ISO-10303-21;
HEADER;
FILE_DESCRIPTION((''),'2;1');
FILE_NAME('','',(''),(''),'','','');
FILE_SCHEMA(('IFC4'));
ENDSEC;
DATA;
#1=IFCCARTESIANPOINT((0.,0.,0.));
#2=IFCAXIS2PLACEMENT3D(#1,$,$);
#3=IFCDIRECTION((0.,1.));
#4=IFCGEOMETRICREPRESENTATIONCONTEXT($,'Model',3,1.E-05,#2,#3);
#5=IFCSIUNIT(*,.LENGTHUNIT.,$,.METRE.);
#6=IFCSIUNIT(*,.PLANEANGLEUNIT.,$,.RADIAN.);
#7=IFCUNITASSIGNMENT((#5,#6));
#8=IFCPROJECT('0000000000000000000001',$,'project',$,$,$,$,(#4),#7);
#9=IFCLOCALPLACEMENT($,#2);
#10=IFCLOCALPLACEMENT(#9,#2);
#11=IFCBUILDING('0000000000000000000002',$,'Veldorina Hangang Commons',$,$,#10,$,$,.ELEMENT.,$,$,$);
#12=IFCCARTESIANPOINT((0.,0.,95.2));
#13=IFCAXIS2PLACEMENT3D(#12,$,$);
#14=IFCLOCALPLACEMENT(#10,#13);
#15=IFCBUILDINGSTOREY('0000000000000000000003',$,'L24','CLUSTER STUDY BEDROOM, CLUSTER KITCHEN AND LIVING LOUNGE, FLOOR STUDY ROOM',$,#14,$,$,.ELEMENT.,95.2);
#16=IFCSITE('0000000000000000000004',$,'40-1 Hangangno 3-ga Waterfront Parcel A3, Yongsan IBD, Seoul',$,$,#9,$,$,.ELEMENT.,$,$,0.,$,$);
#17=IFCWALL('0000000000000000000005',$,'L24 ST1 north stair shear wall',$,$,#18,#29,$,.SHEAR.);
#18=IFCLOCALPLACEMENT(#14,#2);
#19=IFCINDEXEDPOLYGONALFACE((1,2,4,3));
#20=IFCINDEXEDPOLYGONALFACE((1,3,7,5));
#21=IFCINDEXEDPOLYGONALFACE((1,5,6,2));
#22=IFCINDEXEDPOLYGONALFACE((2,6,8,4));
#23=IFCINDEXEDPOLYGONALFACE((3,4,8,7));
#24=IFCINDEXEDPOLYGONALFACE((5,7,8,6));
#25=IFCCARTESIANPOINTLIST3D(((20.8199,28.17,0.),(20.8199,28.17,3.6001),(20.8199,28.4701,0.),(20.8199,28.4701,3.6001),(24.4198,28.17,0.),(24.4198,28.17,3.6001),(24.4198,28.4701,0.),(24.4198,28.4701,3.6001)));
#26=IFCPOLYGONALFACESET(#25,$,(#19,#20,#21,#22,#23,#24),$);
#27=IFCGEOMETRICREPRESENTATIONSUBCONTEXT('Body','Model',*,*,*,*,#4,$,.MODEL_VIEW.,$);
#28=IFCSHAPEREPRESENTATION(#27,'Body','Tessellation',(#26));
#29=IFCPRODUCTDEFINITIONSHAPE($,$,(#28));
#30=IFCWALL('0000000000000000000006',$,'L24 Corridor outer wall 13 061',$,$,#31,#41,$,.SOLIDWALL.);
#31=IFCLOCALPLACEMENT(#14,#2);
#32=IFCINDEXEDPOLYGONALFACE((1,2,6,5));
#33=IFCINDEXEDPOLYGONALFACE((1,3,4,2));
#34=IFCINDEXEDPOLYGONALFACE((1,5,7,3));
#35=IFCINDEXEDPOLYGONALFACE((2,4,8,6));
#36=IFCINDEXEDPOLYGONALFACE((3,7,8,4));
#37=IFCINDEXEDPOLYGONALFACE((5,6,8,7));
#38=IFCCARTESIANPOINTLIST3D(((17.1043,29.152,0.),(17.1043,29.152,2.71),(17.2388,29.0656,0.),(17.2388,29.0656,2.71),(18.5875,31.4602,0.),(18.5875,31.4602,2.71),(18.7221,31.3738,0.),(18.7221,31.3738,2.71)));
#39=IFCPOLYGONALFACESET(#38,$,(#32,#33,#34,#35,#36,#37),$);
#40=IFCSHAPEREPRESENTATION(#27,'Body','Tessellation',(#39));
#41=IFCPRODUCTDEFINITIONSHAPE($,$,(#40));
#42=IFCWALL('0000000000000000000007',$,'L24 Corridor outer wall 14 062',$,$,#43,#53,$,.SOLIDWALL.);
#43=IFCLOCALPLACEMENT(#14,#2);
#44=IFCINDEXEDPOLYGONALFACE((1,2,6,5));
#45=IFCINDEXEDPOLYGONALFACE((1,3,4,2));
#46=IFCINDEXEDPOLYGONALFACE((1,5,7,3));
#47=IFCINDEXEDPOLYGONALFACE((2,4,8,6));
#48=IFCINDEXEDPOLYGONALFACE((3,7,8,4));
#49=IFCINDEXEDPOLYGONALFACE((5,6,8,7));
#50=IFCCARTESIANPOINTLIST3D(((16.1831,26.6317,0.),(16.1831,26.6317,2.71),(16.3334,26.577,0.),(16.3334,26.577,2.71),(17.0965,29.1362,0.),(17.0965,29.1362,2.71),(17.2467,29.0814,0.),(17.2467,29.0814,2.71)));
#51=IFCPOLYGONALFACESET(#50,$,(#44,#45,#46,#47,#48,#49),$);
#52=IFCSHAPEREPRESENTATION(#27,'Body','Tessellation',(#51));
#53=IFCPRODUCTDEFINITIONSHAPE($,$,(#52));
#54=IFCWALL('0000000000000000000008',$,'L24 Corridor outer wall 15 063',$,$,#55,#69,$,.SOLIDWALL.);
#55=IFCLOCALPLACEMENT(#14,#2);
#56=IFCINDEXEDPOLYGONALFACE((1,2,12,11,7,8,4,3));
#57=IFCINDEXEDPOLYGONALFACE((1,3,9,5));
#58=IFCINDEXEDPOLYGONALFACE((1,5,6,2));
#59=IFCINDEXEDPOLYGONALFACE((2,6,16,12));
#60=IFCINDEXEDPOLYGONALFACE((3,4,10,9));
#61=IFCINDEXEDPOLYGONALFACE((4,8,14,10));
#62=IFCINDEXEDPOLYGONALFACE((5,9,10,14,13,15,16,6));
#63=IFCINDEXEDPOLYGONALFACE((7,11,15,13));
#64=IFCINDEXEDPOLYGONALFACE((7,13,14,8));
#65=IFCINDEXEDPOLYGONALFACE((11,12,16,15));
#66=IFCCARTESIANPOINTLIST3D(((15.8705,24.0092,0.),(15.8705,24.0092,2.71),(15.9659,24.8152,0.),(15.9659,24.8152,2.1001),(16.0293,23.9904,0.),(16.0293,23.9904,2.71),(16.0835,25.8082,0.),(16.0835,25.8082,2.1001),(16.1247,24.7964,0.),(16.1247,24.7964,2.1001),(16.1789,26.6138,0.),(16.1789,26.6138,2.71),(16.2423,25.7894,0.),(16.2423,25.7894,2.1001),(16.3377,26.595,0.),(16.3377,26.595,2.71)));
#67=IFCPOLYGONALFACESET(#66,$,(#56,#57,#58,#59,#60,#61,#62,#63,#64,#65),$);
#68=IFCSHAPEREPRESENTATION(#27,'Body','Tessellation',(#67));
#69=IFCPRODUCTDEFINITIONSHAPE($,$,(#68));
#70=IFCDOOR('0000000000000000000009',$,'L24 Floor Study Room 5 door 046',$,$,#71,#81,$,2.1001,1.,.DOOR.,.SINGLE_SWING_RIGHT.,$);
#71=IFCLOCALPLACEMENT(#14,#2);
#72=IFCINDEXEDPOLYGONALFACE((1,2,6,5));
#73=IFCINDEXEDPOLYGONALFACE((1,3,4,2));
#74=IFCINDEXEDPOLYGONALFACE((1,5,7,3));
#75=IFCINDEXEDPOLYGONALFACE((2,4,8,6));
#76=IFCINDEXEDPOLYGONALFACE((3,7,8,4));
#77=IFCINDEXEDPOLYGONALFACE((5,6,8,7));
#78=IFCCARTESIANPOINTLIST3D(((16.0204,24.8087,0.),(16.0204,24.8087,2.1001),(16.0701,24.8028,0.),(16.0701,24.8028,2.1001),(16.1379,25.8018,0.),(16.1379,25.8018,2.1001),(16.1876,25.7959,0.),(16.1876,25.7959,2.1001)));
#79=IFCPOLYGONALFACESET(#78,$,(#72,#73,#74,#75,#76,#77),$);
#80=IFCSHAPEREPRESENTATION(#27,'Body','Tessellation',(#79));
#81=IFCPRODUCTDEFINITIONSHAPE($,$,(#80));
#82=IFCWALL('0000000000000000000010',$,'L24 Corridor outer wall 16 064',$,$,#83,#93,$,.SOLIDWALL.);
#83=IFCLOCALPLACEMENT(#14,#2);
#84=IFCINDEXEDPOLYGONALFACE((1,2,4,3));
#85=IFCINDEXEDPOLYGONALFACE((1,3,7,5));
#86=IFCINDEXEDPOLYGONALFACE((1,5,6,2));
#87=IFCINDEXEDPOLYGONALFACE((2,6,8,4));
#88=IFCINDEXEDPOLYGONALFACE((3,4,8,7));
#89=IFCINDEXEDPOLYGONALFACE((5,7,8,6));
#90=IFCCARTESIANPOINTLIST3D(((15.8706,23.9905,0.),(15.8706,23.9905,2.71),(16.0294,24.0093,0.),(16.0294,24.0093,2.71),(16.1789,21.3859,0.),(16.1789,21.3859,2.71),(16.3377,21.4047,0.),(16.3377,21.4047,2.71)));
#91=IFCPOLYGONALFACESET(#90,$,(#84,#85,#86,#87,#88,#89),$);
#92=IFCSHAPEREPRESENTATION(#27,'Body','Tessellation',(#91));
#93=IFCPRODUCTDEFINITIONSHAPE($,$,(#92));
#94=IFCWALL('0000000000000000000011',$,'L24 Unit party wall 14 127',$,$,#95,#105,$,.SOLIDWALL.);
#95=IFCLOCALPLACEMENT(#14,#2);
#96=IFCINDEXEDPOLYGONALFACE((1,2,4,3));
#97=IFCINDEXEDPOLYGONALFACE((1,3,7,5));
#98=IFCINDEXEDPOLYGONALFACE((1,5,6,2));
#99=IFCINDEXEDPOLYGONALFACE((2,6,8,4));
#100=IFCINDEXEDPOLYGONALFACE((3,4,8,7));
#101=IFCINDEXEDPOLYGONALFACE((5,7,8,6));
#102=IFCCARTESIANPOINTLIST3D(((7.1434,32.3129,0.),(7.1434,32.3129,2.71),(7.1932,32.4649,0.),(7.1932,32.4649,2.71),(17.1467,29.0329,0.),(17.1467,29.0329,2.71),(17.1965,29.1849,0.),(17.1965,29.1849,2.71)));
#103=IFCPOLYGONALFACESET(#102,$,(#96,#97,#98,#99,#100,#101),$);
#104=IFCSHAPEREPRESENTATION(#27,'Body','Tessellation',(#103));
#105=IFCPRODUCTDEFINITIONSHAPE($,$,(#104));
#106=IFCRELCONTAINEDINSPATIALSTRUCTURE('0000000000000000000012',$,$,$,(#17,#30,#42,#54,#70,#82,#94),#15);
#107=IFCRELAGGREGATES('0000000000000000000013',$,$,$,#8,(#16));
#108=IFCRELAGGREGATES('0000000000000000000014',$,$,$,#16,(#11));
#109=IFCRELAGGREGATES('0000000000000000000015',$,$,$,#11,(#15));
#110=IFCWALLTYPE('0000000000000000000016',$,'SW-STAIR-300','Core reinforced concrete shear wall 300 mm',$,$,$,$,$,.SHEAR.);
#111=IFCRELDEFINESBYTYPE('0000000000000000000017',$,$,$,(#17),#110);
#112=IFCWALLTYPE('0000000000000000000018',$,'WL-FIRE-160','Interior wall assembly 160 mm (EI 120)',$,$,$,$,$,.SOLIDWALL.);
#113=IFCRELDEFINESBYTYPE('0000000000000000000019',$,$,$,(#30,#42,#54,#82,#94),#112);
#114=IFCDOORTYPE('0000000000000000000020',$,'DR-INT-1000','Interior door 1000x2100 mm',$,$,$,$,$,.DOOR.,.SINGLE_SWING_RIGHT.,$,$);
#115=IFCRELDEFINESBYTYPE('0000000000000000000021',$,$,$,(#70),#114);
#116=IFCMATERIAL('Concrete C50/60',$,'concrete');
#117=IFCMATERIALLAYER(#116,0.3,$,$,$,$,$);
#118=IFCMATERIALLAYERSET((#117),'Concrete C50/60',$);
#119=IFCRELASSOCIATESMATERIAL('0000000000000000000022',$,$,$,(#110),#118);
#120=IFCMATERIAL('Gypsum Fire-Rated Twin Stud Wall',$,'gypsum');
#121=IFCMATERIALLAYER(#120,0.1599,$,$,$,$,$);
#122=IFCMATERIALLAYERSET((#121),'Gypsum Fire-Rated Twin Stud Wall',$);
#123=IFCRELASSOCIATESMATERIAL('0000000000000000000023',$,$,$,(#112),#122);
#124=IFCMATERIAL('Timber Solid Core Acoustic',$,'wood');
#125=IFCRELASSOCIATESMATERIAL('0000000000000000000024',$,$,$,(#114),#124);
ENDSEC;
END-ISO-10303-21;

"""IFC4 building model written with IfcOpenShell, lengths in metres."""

from ifc_helpers import new_model, si_unit, direction, frame, frame_2d, origin, place, context, subcontext, project, spatial, rectangle, extrude, material, layer, layer_set, type_object, element, fill, save


model = new_model("IFC4")

# Units and contexts
model_context = context("Model", 3, precision=1e-05, world=origin(), true_north=direction((0.0, 1.0)))
body_context = subcontext(model_context, "Body", "Model", "MODEL_VIEW")
ifc_project = project(units=[si_unit("LENGTHUNIT", "METRE"), si_unit("PLANEANGLEUNIT", "RADIAN")], contexts=[model_context])

# Site, building, storey
site_placement = place(None, origin())
site = spatial("IfcSite", under=ifc_project, at=site_placement, Name="40-1 Hangangno 3-ga Waterfront Parcel A3, Yongsan IBD, Seoul", CompositionType="ELEMENT", RefElevation=0.0)
building_placement = place(site_placement, origin())
building = spatial("IfcBuilding", under=site, at=building_placement, Name="Veldorina Hangang Commons", CompositionType="ELEMENT")
storey_placement = place(building_placement, frame((0.0, 0.0, 95.2)))
storey = spatial("IfcBuildingStorey", under=building, at=storey_placement, Name="L24", Description="CLUSTER STUDY BEDROOM, CLUSTER KITCHEN AND LIVING LOUNGE, FLOOR STUDY ROOM", CompositionType="ELEMENT", Elevation=95.2)

# Walls
ifc_material_1 = material(Name="Concrete C50/60", Category="concrete")
ifc_layer_1 = layer(ifc_material_1, 0.3)
ifc_layer_set_1 = layer_set([ifc_layer_1], Name="Concrete C50/60")
wall_type_1 = type_object("IfcWallType", Name="SW-STAIR-300", Description="Core reinforced concrete shear wall 300 mm", PredefinedType="SHEAR", material=ifc_layer_set_1)
wall_1_placement = place(storey_placement, frame((20.8201, 28.3201, 0.0), z_axis=(0.0, 0.0, 1.0), x_axis=(1.0, 0.0, 0.0)))
element("IfcWall", 1, at=wall_1_placement, inside=storey, type_object=wall_type_1, Name="L24 ST1 north stair shear wall", PredefinedType="SHEAR", context=body_context, shape_type="SweptSolid", body=[
    extrude(rectangle(XDim=3.5999, YDim=0.3, at=frame_2d((1.7998, 0.0))), origin(), (0.0, 0.0, 1.0), 3.6001),
])
ifc_material_2 = material(Name="Gypsum Fire-Rated Twin Stud Wall", Category="gypsum")
ifc_layer_2 = layer(ifc_material_2, 0.1599)
ifc_layer_set_2 = layer_set([ifc_layer_2], Name="Gypsum Fire-Rated Twin Stud Wall")
wall_type_2 = type_object("IfcWallType", Name="WL-FIRE-160", Description="Interior wall assembly 160 mm (EI 120)", PredefinedType="SOLIDWALL", material=ifc_layer_set_2)
wall_2_placement = place(storey_placement, frame((18.6548, 31.417, 0.0), z_axis=(0.0, 0.0, 1.0), x_axis=(-0.540596, -0.841283, 0.0)))
element("IfcWall", 2, at=wall_2_placement, inside=storey, type_object=wall_type_2, Name="L24 Corridor outer wall 13 061", PredefinedType="SOLIDWALL", context=body_context, shape_type="SweptSolid", body=[
    extrude(rectangle(XDim=2.7437, YDim=0.1599, at=frame_2d((1.3718, 0.0))), origin(), (0.0, 0.0, 1.0), 2.71),
])
wall_3_placement = place(storey_placement, frame((17.1716, 29.1089, 0.0), z_axis=(0.0, 0.0, 1.0), x_axis=(-0.342618, -0.939475, 0.0)))
element("IfcWall", 3, at=wall_3_placement, inside=storey, type_object=wall_type_2, Name="L24 Corridor outer wall 14 062", PredefinedType="SOLIDWALL", context=body_context, shape_type="SweptSolid", body=[
    extrude(rectangle(XDim=2.6658, YDim=0.1599, at=frame_2d((1.333, 0.0))), origin(), (0.0, 0.0, 1.0), 2.71),
])

# Wall, opening, door
wall_4_placement = place(storey_placement, frame((16.2583, 26.6045, 0.0), z_axis=(0.0, 0.0, 1.0), x_axis=(-0.11757, -0.993065, 0.0)))
wall_4 = element("IfcWall", 4, at=wall_4_placement, inside=storey, type_object=wall_type_2, Name="L24 Corridor outer wall 15 063", PredefinedType="SOLIDWALL", context=body_context, shape_type="SweptSolid", body=[
    extrude(rectangle(XDim=2.6228, YDim=0.1599, at=frame_2d((1.3115, 0.0))), origin(), (0.0, 0.0, 1.0), 2.71),
])
opening_1_placement = place(wall_4_placement, frame((0.8113, 0.0, 0.0)))
opening_1 = element("IfcOpeningElement", 5, at=opening_1_placement, cuts=wall_4, PredefinedType="OPENING", context=body_context, shape_type="SweptSolid", body=[
    extrude(rectangle(XDim=1.0, YDim=2.1001, at=frame_2d((0.5, 1.05))), frame((0.0, 0.0898, 0.0), z_axis=(0.0, -1.0, 0.0), x_axis=(1.0, 0.0, 0.0)), (0.0, 0.0, 1.0), 0.1799),
])
ifc_material_3 = material(Name="Timber Solid Core Acoustic", Category="wood")
door_type = type_object("IfcDoorType", Name="DR-INT-1000", Description="Interior door 1000x2100 mm", OperationType="SINGLE_SWING_RIGHT", PredefinedType="DOOR", material=ifc_material_3)
door_placement = place(opening_1_placement, origin())
door = element("IfcDoor", 6, at=door_placement, inside=storey, type_object=door_type, Name="L24 Floor Study Room 5 door 046", OperationType="SINGLE_SWING_RIGHT", OverallHeight=2.1001, OverallWidth=1.0, PredefinedType="DOOR", context=body_context, shape_type="SweptSolid", body=[
    extrude(rectangle(XDim=1.0, YDim=2.1001, at=frame_2d((0.5, 1.05))), frame((0.0, 0.0249, 0.0), z_axis=(0.0, -1.0, 0.0), x_axis=(1.0, 0.0, 0.0)), (0.0, 0.0, 1.0), 0.05),
])
fill(opening_1, door)

# Walls
wall_5_placement = place(storey_placement, frame((15.95, 24.0, 0.0), z_axis=(0.0, 0.0, 1.0), x_axis=(0.11757, -0.993065, 0.0)))
element("IfcWall", 7, at=wall_5_placement, inside=storey, type_object=wall_type_2, Name="L24 Corridor outer wall 16 064", PredefinedType="SOLIDWALL", context=body_context, shape_type="SweptSolid", body=[
    extrude(rectangle(XDim=2.6228, YDim=0.1599, at=frame_2d((1.3115, 0.0))), origin(), (0.0, 0.0, 1.0), 2.71),
])
wall_6_placement = place(storey_placement, frame((17.1716, 29.1089, 0.0), z_axis=(0.0, 0.0, 1.0), x_axis=(-0.950223, 0.31157, 0.0)))
element("IfcWall", 8, at=wall_6_placement, inside=storey, type_object=wall_type_2, Name="L24 Unit party wall 14 127", PredefinedType="SOLIDWALL", context=body_context, shape_type="SweptSolid", body=[
    extrude(rectangle(XDim=10.5273, YDim=0.1599, at=frame_2d((5.2637, 0.0))), origin(), (0.0, 0.0, 1.0), 2.71),
])

save(model, "model.ifc")
